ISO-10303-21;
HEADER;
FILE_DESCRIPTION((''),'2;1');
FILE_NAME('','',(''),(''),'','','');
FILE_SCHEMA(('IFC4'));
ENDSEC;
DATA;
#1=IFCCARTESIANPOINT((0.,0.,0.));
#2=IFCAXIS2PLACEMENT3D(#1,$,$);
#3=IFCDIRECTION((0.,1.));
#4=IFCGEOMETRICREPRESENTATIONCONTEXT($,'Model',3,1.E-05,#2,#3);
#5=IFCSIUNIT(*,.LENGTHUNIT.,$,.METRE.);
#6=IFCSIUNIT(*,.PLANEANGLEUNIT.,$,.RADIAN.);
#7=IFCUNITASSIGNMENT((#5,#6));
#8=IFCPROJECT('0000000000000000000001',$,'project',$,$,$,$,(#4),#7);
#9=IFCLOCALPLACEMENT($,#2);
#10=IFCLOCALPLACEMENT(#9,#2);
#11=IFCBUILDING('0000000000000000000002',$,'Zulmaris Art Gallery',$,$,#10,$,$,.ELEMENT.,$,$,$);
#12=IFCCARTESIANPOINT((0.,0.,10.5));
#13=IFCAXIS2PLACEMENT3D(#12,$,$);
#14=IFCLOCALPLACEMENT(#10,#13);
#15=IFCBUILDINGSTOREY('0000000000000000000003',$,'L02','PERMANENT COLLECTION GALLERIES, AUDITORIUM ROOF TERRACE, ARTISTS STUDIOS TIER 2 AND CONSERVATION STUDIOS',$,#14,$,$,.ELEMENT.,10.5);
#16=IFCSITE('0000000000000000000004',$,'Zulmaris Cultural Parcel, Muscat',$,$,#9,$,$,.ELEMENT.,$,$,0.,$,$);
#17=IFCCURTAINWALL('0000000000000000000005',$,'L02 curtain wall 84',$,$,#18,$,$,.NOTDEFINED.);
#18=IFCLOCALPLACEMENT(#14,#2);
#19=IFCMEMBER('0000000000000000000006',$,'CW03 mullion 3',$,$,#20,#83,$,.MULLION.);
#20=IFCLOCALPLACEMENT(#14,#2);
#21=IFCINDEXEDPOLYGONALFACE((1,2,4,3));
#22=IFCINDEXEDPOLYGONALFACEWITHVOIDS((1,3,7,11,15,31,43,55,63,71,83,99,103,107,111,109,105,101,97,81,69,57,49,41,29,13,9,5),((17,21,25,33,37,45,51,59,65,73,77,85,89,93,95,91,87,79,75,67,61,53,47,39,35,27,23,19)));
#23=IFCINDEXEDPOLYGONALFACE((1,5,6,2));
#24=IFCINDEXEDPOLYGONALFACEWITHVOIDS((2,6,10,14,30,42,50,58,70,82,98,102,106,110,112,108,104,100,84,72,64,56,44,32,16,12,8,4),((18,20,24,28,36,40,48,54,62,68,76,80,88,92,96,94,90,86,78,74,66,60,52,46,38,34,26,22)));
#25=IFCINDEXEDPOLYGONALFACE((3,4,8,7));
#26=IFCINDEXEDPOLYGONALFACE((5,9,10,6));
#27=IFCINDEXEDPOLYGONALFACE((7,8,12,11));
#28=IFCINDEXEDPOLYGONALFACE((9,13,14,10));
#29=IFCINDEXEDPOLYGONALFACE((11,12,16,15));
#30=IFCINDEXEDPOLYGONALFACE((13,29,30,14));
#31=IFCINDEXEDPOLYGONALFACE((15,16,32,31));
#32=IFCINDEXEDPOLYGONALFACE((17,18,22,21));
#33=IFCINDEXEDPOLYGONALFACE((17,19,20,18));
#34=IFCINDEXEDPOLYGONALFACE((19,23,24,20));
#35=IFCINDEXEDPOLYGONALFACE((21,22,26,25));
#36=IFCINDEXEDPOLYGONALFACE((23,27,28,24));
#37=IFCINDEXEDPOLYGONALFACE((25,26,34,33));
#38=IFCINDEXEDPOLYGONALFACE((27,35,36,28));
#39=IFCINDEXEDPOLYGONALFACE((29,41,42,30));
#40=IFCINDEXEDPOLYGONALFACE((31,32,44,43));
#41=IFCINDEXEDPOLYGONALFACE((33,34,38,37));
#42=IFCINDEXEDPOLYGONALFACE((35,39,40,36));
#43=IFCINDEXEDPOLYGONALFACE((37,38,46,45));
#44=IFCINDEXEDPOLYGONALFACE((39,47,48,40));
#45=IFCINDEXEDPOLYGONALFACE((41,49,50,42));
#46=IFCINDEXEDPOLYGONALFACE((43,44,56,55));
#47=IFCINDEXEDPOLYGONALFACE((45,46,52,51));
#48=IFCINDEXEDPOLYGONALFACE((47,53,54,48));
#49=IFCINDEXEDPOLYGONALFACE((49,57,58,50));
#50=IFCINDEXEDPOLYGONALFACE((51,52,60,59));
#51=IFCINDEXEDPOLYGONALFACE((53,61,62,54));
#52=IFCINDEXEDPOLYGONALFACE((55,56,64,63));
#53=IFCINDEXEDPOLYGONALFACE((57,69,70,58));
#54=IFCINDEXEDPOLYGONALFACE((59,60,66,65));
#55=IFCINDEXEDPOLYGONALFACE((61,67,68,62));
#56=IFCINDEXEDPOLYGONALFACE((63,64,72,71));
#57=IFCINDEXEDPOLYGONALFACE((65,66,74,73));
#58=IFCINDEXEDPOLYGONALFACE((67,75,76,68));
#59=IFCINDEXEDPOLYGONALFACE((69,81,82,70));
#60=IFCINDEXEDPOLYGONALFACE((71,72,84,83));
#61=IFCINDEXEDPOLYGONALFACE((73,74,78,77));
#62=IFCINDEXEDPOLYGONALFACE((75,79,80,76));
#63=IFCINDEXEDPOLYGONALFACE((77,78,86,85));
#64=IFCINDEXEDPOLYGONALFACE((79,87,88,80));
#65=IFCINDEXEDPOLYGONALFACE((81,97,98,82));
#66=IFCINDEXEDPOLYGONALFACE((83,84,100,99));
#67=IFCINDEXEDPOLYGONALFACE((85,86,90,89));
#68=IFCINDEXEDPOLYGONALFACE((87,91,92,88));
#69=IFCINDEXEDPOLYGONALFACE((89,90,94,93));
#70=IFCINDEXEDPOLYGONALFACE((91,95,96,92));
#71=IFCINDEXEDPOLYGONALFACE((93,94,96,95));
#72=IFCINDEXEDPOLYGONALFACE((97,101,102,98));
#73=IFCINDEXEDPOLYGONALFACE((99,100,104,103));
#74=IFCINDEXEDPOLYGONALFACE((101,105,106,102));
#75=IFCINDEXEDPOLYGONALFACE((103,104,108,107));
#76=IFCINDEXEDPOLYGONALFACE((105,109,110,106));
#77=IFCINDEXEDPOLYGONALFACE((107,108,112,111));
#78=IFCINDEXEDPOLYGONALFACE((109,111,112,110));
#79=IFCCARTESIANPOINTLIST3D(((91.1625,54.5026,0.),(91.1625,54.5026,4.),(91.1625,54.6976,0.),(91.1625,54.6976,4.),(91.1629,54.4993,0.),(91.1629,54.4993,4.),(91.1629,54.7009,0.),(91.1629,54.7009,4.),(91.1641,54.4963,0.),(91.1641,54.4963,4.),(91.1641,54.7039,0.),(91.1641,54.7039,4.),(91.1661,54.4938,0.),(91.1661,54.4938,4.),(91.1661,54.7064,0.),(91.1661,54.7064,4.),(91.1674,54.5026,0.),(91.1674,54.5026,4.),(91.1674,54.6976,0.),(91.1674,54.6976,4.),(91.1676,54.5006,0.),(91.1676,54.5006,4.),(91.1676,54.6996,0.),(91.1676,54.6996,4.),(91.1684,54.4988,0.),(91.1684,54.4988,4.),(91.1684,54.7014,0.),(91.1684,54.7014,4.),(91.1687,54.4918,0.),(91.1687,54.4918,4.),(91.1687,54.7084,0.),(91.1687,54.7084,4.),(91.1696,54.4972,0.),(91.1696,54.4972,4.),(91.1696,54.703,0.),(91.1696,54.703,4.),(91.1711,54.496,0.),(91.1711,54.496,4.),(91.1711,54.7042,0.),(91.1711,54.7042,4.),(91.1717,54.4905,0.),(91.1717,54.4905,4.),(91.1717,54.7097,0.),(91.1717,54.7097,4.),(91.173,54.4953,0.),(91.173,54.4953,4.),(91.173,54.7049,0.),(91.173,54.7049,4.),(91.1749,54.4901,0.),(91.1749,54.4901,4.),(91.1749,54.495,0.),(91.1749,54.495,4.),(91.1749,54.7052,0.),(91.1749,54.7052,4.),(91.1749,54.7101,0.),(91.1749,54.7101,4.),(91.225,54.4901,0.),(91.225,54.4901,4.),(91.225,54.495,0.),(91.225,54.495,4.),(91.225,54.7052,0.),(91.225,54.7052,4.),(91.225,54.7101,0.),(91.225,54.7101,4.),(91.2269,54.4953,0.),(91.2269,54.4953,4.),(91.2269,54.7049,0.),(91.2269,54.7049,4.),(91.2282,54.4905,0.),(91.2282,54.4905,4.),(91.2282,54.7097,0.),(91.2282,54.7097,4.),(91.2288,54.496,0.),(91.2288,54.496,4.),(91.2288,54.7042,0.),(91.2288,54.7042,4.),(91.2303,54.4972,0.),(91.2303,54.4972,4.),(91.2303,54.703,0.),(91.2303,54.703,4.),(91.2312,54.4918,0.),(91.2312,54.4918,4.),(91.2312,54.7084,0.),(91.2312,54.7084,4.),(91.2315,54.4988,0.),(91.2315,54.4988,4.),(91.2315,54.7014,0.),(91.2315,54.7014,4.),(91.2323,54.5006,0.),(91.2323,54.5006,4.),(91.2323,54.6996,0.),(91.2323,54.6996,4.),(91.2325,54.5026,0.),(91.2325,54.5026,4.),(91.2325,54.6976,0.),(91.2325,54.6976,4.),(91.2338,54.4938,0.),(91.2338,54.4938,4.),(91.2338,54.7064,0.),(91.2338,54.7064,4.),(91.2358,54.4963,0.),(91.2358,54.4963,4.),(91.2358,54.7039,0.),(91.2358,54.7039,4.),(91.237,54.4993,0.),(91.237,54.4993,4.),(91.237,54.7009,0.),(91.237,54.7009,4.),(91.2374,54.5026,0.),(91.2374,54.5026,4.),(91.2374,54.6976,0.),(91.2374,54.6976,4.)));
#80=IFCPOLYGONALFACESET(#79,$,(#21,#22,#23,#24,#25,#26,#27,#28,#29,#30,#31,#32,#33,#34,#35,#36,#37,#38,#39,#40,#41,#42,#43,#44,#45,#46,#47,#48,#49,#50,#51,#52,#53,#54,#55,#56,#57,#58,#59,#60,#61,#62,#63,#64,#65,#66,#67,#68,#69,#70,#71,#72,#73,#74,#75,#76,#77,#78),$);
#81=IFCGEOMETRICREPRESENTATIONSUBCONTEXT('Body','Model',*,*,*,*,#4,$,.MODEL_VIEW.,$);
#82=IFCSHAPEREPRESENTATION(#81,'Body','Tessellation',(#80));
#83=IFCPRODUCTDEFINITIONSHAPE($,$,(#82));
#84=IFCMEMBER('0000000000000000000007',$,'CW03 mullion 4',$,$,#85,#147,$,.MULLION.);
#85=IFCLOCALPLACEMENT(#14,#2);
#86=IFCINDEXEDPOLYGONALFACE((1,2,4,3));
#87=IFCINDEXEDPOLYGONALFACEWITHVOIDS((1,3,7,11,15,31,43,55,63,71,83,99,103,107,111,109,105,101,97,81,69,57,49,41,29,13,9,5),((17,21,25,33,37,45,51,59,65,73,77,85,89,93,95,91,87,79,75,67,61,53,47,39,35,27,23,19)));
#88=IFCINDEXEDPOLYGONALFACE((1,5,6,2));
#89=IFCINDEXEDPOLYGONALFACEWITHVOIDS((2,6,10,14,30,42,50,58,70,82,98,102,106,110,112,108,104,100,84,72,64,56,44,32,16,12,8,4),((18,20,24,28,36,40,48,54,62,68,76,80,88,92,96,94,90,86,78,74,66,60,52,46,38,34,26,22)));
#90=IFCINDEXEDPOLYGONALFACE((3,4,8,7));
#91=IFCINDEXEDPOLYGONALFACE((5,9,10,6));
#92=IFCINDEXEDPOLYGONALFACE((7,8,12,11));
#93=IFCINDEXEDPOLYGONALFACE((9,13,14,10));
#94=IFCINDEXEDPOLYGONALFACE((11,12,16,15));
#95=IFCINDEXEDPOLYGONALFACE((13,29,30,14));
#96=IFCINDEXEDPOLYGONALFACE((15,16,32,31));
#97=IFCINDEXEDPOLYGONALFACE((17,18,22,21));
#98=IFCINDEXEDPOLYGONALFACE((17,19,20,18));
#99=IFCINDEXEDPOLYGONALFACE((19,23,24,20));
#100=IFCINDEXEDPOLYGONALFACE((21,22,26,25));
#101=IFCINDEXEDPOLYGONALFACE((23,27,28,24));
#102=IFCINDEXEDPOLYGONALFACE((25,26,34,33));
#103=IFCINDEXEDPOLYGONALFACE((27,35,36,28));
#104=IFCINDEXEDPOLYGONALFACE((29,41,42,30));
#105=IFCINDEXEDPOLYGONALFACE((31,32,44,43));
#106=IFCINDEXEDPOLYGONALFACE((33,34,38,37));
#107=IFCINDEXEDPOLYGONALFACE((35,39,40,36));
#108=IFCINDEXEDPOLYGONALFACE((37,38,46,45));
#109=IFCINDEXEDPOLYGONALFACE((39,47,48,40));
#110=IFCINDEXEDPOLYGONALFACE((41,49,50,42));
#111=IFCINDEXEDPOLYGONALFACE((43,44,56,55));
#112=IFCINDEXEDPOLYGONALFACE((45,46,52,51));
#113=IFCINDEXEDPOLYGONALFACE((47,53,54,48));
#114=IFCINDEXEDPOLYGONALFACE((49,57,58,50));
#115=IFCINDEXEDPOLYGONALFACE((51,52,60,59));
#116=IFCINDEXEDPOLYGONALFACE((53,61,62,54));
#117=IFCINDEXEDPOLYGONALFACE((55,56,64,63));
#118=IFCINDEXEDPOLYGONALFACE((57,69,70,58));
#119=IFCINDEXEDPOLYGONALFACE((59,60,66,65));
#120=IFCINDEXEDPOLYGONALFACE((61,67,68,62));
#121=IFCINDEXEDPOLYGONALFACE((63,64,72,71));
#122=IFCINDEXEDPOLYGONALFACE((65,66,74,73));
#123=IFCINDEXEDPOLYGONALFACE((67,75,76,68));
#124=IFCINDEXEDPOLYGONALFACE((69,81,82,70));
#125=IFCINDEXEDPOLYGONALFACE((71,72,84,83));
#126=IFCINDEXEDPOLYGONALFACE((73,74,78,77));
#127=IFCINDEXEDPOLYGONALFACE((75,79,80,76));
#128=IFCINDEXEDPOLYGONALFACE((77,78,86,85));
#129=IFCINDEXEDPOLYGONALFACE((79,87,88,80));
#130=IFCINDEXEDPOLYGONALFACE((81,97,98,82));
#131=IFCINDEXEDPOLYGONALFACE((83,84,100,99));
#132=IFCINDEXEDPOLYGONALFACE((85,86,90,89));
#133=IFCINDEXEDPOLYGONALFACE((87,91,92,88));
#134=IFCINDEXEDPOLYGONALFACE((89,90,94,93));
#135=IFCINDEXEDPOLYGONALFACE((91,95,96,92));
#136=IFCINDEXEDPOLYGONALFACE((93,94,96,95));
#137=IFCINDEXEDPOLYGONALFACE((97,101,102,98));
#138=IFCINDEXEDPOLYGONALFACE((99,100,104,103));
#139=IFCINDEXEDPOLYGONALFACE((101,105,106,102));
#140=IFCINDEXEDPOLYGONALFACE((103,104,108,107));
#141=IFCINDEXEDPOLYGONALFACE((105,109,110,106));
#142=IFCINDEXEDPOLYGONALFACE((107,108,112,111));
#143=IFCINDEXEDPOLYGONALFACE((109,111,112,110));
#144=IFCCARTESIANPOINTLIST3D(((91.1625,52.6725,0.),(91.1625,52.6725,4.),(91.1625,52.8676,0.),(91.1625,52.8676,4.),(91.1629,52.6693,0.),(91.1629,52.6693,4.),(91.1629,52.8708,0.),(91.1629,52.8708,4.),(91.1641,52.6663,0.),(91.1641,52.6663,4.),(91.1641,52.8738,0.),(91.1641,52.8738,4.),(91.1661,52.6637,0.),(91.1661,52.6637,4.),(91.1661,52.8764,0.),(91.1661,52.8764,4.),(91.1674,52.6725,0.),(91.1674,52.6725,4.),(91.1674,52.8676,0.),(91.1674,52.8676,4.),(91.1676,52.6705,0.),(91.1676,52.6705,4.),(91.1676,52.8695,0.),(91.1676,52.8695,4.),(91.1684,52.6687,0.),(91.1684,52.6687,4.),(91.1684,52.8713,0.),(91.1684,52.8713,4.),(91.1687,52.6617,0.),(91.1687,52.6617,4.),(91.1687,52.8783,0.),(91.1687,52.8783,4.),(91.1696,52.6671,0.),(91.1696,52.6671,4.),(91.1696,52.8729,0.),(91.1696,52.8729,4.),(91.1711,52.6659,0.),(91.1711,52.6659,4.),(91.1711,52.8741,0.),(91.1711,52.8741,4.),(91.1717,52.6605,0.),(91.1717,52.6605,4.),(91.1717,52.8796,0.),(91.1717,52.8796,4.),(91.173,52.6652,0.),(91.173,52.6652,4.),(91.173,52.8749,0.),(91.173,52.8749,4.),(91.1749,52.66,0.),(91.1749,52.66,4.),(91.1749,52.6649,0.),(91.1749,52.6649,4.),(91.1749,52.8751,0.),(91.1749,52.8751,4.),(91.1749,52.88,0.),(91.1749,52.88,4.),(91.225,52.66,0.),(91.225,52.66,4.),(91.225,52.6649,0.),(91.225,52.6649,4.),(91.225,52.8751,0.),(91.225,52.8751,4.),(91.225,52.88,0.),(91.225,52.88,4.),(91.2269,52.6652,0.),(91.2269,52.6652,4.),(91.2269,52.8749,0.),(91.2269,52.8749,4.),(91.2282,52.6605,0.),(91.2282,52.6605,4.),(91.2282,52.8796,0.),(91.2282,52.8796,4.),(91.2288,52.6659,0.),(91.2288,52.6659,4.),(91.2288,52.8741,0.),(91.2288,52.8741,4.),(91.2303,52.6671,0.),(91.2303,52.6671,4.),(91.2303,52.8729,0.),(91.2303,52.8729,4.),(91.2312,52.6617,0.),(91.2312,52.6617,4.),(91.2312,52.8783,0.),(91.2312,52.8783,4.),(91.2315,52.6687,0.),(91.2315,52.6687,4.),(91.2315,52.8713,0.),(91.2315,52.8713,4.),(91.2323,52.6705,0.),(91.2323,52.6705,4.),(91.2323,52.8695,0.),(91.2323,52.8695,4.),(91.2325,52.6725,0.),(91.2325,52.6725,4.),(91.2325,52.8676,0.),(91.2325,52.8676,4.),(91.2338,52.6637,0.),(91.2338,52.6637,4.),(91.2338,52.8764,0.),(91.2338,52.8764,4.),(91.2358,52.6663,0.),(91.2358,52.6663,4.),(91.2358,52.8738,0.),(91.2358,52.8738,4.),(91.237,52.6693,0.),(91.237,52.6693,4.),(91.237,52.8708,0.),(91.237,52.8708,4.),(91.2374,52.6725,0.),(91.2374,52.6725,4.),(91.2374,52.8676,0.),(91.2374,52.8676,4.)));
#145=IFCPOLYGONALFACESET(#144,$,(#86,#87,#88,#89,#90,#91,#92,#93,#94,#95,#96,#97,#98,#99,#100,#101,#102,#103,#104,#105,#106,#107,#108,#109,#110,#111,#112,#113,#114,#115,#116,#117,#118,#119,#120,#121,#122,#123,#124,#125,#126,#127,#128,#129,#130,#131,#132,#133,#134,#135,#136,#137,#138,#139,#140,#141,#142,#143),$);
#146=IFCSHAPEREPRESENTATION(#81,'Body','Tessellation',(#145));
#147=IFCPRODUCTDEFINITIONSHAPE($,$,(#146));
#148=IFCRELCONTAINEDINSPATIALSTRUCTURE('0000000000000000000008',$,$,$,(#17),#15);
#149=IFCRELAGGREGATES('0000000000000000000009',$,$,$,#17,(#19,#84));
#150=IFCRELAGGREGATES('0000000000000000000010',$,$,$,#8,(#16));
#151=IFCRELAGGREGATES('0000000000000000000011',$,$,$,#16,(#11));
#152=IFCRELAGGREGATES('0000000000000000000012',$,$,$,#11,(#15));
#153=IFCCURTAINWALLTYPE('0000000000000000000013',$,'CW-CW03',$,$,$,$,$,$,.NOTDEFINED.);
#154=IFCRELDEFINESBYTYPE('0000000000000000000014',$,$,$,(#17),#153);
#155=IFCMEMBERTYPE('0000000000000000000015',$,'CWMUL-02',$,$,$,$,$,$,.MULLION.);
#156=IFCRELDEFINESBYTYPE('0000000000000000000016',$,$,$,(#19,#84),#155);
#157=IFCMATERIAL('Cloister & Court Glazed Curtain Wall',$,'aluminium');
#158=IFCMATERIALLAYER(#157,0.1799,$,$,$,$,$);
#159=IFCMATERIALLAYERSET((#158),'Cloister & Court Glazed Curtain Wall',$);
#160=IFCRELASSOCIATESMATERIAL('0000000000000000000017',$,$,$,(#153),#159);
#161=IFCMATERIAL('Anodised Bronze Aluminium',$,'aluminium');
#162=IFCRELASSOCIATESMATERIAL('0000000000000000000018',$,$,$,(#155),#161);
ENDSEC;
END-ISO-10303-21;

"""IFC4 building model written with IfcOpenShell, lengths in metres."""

from ifc_helpers import new_model, si_unit, direction, frame, origin, origin_2d, place, context, subcontext, project, spatial, hollow_rectangle, extrude, material, layer, layer_set, material_profile, profile_set, type_object, element, aggregate, save


model = new_model("IFC4")

# Units and contexts
model_context = context("Model", 3, precision=1e-05, world=origin(), true_north=direction((0.0, 1.0)))
body_context = subcontext(model_context, "Body", "Model", "MODEL_VIEW")
ifc_project = project(units=[si_unit("LENGTHUNIT", "METRE"), si_unit("PLANEANGLEUNIT", "RADIAN")], contexts=[model_context])

# Site, building, storey
site_placement = place(None, origin())
site = spatial("IfcSite", under=ifc_project, at=site_placement, Name="Zulmaris Cultural Parcel, Muscat", CompositionType="ELEMENT", RefElevation=0.0)
building_placement = place(site_placement, origin())
building = spatial("IfcBuilding", under=site, at=building_placement, Name="Zulmaris Art Gallery", CompositionType="ELEMENT")
storey_placement = place(building_placement, frame((0.0, 0.0, 10.5)))
storey = spatial("IfcBuildingStorey", under=building, at=storey_placement, Name="L02", Description="PERMANENT COLLECTION GALLERIES, AUDITORIUM ROOF TERRACE, ARTISTS STUDIOS TIER 2 AND CONSERVATION STUDIOS", CompositionType="ELEMENT", Elevation=10.5)

# Curtain wall, members
ifc_material_1 = material(Name="Cloister & Court Glazed Curtain Wall", Category="aluminium")
ifc_layer_1 = layer(ifc_material_1, 0.1799)
ifc_layer_set_1 = layer_set([ifc_layer_1], Name="Cloister & Court Glazed Curtain Wall")
curtain_wall_type = type_object("IfcCurtainWallType", Name="CW-CW03", PredefinedType="NOTDEFINED", material=ifc_layer_set_1)
ifc_material_2 = material(Name="Anodised Bronze Aluminium", Category="aluminium")
ifc_material_profile_1 = material_profile(ifc_material_2, hollow_rectangle(XDim=0.075, YDim=0.22, WallThickness=0.0049, InnerFilletRadius=0.0076, OuterFilletRadius=0.0125, at=origin_2d()), Name="ALU 75x220x5")
ifc_profile_set_1 = profile_set([ifc_material_profile_1], Name="Anodised Bronze Aluminium")
member_type_1 = type_object("IfcMemberType", Name="CWMUL-02", PredefinedType="MULLION", material=ifc_profile_set_1)
curtain_wall_1_placement = place(storey_placement, origin())
curtain_wall_1 = element("IfcCurtainWall", 1, at=curtain_wall_1_placement, inside=storey, type_object=curtain_wall_type, Name="L02 curtain wall 84", PredefinedType="NOTDEFINED")
member_1_placement = place(storey_placement, frame((91.2, 54.6001, 0.0), z_axis=(0.0, 0.0, 1.0), x_axis=(1.0, 0.0, 0.0)))
member_1 = element("IfcMember", 2, at=member_1_placement, type_object=member_type_1, Name="CW03 mullion 3", PredefinedType="MULLION", context=body_context, shape_type="SweptSolid", body=[
    extrude(hollow_rectangle(XDim=0.075, YDim=0.22, WallThickness=0.0049, InnerFilletRadius=0.0076, OuterFilletRadius=0.0125, at=origin_2d()), origin(), (0.0, 0.0, 1.0), 4.0),
])
member_2_placement = place(storey_placement, frame((91.2, 52.77, 0.0), z_axis=(0.0, 0.0, 1.0), x_axis=(1.0, 0.0, 0.0)))
member_2 = element("IfcMember", 3, at=member_2_placement, type_object=member_type_1, Name="CW03 mullion 4", PredefinedType="MULLION", context=body_context, shape_type="SweptSolid", body=[
    extrude(hollow_rectangle(XDim=0.075, YDim=0.22, WallThickness=0.0049, InnerFilletRadius=0.0076, OuterFilletRadius=0.0125, at=origin_2d()), origin(), (0.0, 0.0, 1.0), 4.0),
])

aggregate(curtain_wall_1, [member_1, member_2])

save(model, "model.ifc")
